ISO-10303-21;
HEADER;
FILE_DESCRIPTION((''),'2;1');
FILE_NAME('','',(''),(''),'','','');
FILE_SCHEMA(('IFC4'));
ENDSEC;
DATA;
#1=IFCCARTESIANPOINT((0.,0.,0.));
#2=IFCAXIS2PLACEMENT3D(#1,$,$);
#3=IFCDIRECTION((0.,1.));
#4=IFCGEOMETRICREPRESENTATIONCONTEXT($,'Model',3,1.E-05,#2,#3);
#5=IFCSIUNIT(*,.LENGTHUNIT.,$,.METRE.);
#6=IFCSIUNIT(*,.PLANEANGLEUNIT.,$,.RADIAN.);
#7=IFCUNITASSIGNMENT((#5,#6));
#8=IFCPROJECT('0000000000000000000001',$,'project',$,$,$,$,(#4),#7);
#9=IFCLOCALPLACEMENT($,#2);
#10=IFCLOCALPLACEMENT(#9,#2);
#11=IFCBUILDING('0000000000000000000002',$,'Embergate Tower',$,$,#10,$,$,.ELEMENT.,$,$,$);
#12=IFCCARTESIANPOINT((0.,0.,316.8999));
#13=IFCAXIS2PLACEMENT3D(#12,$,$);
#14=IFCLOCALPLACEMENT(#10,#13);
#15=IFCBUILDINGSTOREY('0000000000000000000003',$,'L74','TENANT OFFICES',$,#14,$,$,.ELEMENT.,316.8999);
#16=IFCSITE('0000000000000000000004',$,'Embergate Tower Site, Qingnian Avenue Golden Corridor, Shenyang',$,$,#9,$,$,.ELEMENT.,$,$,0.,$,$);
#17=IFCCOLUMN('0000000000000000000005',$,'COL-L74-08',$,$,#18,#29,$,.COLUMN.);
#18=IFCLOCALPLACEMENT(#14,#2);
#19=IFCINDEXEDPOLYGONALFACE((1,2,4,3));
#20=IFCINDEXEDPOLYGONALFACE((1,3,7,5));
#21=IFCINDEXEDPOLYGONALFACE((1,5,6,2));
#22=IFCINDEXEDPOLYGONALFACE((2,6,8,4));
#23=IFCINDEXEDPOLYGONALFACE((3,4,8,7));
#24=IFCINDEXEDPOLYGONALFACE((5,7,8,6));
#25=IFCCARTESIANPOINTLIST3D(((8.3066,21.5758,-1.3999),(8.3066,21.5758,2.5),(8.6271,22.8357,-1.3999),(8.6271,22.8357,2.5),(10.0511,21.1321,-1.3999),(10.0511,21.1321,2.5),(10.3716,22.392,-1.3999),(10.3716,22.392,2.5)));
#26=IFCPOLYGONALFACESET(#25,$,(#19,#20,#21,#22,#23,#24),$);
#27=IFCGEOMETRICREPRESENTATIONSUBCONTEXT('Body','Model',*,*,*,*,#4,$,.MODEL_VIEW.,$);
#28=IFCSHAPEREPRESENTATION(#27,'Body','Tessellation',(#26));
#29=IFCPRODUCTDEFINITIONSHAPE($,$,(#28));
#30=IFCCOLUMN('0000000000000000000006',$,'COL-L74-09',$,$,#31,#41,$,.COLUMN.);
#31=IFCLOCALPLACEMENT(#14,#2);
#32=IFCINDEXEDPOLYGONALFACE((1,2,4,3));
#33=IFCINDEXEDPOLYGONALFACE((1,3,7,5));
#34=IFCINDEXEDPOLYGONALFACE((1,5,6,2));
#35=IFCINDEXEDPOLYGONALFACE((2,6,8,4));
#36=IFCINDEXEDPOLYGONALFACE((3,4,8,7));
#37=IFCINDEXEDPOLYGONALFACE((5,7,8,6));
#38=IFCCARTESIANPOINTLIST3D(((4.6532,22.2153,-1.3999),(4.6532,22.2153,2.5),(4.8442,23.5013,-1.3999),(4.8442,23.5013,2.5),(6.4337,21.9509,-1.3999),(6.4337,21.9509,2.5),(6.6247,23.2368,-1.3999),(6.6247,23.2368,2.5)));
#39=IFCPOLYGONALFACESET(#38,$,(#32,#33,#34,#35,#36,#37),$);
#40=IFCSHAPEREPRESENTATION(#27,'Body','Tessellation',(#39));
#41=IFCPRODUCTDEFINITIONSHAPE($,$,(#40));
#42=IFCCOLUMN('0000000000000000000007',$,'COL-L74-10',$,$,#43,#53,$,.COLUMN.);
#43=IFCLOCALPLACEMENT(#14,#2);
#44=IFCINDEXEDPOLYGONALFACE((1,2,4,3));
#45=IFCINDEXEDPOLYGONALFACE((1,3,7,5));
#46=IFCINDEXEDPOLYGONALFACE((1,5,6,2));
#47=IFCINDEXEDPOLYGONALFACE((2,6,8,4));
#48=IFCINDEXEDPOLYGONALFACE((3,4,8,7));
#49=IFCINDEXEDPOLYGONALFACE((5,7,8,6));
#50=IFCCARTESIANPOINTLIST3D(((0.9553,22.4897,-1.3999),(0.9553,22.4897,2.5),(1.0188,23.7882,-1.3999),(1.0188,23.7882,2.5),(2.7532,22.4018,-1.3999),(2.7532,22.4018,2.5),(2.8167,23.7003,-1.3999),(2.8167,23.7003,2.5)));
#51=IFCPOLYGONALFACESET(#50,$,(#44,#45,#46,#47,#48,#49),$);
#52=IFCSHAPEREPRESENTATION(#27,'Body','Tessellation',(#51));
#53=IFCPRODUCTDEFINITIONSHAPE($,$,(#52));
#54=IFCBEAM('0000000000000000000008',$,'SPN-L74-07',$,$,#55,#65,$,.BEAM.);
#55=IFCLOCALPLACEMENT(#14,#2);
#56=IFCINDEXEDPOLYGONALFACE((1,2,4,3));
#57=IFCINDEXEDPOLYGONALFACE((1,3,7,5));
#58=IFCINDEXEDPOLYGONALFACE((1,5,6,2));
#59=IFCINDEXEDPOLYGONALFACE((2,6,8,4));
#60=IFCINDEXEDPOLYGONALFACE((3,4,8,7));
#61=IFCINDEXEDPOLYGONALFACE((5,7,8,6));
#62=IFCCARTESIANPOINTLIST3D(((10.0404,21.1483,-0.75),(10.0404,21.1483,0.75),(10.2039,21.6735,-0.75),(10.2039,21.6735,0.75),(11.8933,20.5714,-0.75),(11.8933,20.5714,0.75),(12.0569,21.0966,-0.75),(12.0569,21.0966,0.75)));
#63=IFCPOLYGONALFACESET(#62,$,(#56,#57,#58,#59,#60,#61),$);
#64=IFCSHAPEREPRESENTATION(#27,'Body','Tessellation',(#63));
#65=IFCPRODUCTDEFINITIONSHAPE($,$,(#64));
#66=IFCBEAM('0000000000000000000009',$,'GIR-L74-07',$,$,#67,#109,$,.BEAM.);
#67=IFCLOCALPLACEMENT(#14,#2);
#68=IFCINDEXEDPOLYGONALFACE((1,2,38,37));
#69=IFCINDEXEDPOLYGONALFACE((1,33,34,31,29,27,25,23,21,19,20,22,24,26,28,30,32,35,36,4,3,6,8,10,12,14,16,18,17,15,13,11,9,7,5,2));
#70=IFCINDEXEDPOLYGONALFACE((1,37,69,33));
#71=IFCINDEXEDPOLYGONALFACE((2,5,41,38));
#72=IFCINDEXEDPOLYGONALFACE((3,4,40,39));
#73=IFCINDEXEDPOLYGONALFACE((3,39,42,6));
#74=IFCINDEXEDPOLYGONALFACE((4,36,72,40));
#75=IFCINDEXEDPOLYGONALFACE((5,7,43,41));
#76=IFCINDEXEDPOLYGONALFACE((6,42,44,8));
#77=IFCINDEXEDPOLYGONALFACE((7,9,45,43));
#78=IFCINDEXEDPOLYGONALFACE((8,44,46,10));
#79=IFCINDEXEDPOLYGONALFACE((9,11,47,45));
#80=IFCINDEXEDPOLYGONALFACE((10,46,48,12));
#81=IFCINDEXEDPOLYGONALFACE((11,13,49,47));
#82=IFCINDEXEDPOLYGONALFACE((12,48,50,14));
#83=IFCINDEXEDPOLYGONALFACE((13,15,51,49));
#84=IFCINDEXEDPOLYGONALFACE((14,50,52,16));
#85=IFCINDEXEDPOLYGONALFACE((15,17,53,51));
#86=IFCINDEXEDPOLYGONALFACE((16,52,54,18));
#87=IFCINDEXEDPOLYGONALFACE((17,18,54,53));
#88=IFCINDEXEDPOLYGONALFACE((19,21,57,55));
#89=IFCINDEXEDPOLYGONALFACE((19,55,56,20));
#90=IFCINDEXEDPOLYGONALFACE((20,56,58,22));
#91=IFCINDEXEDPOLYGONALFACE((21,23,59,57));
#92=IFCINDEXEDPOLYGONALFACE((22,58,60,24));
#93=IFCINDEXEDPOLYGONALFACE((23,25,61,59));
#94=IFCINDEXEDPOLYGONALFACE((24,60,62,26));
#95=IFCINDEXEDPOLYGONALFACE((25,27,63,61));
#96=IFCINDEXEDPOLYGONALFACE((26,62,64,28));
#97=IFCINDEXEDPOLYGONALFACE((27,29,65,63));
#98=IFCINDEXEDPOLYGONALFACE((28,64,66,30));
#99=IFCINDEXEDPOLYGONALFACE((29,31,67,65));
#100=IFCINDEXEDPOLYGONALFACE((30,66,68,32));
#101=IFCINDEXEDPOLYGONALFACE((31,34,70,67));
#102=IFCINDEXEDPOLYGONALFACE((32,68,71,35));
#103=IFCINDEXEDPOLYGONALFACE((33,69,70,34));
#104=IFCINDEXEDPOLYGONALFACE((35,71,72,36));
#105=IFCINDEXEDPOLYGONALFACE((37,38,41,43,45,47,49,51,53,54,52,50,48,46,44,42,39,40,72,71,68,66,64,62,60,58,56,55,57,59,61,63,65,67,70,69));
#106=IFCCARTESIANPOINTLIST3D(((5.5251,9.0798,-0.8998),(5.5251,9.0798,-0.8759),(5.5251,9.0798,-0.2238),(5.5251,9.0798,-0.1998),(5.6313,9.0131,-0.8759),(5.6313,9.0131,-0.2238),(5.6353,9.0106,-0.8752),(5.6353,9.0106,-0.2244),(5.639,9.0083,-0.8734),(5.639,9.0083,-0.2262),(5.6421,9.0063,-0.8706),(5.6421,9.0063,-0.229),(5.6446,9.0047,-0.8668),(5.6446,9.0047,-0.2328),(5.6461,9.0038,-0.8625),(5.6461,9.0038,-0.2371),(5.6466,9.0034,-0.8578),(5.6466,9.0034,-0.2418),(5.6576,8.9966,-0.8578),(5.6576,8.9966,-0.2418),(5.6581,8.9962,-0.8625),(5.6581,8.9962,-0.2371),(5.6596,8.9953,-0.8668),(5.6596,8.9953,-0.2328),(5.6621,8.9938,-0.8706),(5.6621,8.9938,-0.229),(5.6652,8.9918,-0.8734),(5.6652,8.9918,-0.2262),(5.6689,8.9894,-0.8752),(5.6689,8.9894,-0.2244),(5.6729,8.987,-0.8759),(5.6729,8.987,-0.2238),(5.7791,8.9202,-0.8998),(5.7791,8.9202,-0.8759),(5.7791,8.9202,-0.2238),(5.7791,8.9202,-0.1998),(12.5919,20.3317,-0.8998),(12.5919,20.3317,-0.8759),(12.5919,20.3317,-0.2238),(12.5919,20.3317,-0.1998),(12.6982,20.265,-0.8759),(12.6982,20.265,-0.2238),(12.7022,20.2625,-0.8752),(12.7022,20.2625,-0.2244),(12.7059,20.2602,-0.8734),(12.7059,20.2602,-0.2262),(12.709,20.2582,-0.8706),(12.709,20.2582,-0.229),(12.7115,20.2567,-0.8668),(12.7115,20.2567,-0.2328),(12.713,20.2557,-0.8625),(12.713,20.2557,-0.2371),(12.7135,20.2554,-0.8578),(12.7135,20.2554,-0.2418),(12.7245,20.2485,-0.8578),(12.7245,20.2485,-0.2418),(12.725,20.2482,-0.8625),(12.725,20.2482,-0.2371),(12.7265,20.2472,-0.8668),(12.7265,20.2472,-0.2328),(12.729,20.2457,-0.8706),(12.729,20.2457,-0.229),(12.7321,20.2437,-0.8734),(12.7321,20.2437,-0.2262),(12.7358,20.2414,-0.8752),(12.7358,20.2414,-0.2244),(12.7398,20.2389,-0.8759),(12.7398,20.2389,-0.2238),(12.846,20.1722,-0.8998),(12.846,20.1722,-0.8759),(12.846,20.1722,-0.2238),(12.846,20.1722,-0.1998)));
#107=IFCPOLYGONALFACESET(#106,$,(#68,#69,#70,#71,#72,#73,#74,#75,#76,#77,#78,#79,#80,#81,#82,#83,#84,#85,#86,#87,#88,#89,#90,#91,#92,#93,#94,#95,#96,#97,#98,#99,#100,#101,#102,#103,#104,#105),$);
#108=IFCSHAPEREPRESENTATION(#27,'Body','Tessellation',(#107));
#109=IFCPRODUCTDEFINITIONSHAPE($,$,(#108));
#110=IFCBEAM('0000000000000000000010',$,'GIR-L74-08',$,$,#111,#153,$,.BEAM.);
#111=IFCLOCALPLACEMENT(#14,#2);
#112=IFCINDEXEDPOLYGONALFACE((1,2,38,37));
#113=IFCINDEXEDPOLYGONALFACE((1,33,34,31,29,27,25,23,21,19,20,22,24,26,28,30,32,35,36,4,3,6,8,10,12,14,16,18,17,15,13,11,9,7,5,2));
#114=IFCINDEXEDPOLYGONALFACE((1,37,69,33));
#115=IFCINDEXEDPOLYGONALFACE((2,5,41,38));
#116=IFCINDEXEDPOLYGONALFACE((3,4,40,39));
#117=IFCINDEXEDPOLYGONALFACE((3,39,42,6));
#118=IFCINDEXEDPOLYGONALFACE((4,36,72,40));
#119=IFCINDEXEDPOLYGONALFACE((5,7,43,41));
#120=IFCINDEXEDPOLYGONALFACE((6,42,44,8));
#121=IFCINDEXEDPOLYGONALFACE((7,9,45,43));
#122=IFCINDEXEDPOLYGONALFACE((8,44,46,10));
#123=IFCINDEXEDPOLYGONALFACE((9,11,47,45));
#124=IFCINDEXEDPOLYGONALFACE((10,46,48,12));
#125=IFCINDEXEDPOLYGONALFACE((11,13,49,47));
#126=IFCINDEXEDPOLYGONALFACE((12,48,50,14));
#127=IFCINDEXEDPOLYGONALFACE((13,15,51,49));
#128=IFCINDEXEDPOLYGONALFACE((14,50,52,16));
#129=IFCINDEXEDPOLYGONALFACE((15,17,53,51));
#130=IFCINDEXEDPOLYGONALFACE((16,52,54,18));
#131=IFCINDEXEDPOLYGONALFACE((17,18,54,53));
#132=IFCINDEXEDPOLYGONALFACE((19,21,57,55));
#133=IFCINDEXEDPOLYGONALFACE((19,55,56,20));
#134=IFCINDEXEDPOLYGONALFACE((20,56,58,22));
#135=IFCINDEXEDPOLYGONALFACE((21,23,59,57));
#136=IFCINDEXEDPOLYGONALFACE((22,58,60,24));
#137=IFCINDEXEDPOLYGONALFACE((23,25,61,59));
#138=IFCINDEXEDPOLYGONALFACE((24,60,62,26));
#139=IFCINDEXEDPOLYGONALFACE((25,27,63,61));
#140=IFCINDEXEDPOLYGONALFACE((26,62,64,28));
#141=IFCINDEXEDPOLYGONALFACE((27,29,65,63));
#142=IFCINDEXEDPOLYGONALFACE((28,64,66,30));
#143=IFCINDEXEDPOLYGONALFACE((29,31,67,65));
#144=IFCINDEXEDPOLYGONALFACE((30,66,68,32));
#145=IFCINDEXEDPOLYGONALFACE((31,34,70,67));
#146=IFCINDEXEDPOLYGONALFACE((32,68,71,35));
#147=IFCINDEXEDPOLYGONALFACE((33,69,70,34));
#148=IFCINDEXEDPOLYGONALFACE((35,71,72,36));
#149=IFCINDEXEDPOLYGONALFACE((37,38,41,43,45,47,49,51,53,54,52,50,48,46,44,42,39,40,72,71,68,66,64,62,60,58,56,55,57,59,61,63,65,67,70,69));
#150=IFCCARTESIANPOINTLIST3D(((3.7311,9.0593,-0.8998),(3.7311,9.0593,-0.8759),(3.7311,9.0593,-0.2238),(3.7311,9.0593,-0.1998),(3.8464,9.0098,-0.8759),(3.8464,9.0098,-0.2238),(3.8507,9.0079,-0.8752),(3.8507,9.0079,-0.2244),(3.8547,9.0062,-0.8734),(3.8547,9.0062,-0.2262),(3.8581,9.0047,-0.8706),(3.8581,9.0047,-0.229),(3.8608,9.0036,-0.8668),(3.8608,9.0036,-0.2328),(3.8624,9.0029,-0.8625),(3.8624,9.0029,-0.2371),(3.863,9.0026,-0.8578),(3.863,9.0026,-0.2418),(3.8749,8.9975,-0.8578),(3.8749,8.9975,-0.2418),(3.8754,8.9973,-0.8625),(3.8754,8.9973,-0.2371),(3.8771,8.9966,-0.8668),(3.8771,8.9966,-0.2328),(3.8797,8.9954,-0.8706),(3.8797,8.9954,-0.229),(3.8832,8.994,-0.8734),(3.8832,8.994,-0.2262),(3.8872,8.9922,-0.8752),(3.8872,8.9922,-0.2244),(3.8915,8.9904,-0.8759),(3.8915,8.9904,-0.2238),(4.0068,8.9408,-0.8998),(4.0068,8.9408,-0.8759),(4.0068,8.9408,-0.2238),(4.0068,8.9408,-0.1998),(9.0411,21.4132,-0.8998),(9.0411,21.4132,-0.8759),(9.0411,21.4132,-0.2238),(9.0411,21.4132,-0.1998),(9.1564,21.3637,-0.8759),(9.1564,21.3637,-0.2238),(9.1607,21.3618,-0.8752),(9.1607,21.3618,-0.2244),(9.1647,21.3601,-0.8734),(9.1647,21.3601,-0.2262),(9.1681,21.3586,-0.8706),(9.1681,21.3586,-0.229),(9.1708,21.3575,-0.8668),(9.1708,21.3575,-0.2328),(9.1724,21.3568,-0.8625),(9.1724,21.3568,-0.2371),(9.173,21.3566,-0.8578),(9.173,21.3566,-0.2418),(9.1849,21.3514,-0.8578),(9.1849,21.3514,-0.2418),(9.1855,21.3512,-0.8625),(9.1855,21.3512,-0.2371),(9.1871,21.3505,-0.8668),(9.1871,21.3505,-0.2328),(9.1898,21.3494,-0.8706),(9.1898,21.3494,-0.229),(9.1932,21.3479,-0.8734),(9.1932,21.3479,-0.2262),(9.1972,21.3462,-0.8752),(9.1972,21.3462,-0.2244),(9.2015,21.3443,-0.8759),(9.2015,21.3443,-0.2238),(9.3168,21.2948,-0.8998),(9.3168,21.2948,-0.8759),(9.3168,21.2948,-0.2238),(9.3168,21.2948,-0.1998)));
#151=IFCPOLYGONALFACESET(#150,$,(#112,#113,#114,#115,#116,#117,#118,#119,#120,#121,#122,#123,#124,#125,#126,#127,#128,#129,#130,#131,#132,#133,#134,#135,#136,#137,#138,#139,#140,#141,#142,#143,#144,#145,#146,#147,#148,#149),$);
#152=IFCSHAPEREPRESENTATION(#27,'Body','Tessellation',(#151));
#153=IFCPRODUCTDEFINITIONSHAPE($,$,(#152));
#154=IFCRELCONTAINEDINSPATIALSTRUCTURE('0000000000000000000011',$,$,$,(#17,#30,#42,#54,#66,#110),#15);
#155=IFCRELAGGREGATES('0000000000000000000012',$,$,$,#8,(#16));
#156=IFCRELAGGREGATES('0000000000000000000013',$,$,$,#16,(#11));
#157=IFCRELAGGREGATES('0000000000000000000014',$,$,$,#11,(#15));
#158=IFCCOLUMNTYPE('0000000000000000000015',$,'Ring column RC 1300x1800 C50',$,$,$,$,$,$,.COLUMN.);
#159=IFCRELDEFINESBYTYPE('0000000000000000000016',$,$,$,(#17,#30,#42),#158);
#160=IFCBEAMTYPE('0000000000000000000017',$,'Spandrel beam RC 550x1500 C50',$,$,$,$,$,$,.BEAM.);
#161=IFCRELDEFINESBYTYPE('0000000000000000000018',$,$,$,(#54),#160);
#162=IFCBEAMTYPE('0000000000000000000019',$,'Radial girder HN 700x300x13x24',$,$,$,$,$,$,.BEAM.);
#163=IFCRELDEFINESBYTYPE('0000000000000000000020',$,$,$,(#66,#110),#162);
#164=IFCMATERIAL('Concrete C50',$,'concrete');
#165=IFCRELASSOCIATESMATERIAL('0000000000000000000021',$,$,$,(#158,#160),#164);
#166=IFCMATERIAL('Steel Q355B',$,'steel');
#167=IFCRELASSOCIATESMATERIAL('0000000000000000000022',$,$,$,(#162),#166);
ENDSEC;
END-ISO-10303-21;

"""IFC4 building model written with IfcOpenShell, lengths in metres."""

from ifc_helpers import new_model, si_unit, direction, frame, origin, origin_2d, place, context, subcontext, project, spatial, rectangle, i_section, extrude, source, transform, mapped, material, material_profile, profile_set, type_object, element, save


model = new_model("IFC4")

# Units and contexts
model_context = context("Model", 3, precision=1e-05, world=origin(), true_north=direction((0.0, 1.0)))
body_context = subcontext(model_context, "Body", "Model", "MODEL_VIEW")
ifc_project = project(units=[si_unit("LENGTHUNIT", "METRE"), si_unit("PLANEANGLEUNIT", "RADIAN")], contexts=[model_context])

# Site, building, storey
site_placement = place(None, origin())
site = spatial("IfcSite", under=ifc_project, at=site_placement, Name="Embergate Tower Site, Qingnian Avenue Golden Corridor, Shenyang", CompositionType="ELEMENT", RefElevation=0.0)
building_placement = place(site_placement, origin())
building = spatial("IfcBuilding", under=site, at=building_placement, Name="Embergate Tower", CompositionType="ELEMENT")
storey_placement = place(building_placement, frame((0.0, 0.0, 316.8999)))
storey = spatial("IfcBuildingStorey", under=building, at=storey_placement, Name="L74", Description="TENANT OFFICES", CompositionType="ELEMENT", Elevation=316.8999)

# Columns
ifc_material_1 = material(Name="Concrete C50", Category="concrete")
ifc_material_profile_1 = material_profile(ifc_material_1, rectangle(XDim=1.3, YDim=1.8, at=origin_2d()), Name="RC 1300x1800")
ifc_profile_set_1 = profile_set([ifc_material_profile_1], Name="Concrete C50")
column_type = type_object("IfcColumnType", Name="Ring column RC 1300x1800 C50", PredefinedType="COLUMN", material=ifc_profile_set_1)
shared_shape_1 = source(origin(), body_context, "Body", "SweptSolid", [
    extrude(rectangle(XDim=1.3, YDim=1.8, at=origin_2d()), origin(), (0.0, 0.0, 1.0), 3.8999),
])
for number, where, z_axis, x_axis, name in (
    (1, (9.3391, 21.9839, -1.3999), (0.0, 0.0, 1.0), (0.246509, 0.969141, 0.0), "COL-L74-08"),
    (2, (5.6389, 22.7261, -1.3999), (0.0, 0.0, 1.0), (0.146929, 0.989147, 0.0), "COL-L74-09"),
    (3, (1.886, 23.095, -1.3999), (0.0, 0.0, 1.0), (0.048815, 0.998808, 0.0), "COL-L74-10"),
):
    element("IfcColumn", number, at=place(storey_placement, frame(where, z_axis=z_axis, x_axis=x_axis)), inside=storey, type_object=column_type, Name=name, PredefinedType="COLUMN", context=body_context, shape_type="MappedRepresentation", body=[
        mapped(shared_shape_1, transform((0.0, 0.0, 0.0))),
    ])

# Beams
ifc_material_profile_2 = material_profile(ifc_material_1, rectangle(XDim=0.55, YDim=1.5, at=origin_2d()), Name="RC 550x1500")
ifc_profile_set_2 = profile_set([ifc_material_profile_2], Name="Concrete C50")
beam_type_1 = type_object("IfcBeamType", Name="Spandrel beam RC 550x1500 C50", PredefinedType="BEAM", material=ifc_profile_set_2)
shared_shape_2 = source(origin(), body_context, "Body", "SweptSolid", [
    extrude(rectangle(XDim=0.55, YDim=1.5, at=origin_2d()), origin(), (0.0, 0.0, 1.0), 1.9407),
])
beam_1_placement = place(storey_placement, frame((11.9751, 20.834, 0.0), z_axis=(-0.954797, 0.297258, 0.0), x_axis=(-0.297258, -0.954797, 0.0)))
element("IfcBeam", 4, at=beam_1_placement, inside=storey, type_object=beam_type_1, Name="SPN-L74-07", PredefinedType="BEAM", context=body_context, shape_type="MappedRepresentation", body=[
    mapped(shared_shape_2, transform((0.0, 0.0, 0.0))),
])
ifc_material_2 = material(Name="Steel Q355B", Category="steel")
ifc_material_profile_3 = material_profile(ifc_material_2, i_section(OverallWidth=0.3, OverallDepth=0.7, WebThickness=0.0129, FlangeThickness=0.0239, FilletRadius=0.0181, at=origin_2d()), Name="HN 700x300x13x24")
ifc_profile_set_3 = profile_set([ifc_material_profile_3], Name="Steel Q355 grade B")
beam_type_2 = type_object("IfcBeamType", Name="Radial girder HN 700x300x13x24", PredefinedType="BEAM", material=ifc_profile_set_3)
shared_shape_3 = source(origin(), body_context, "Body", "SweptSolid", [
    extrude(i_section(OverallWidth=0.3, OverallDepth=0.7, WebThickness=0.0129, FlangeThickness=0.0239, FilletRadius=0.0181, at=origin_2d()), origin(), (0.0, 0.0, 1.0), 13.2871),
])
beam_2_placement = place(storey_placement, frame((12.719, 20.252, -0.5498), z_axis=(-0.531861, -0.846832, 0.0), x_axis=(0.846832, -0.531861, 0.0)))
element("IfcBeam", 5, at=beam_2_placement, inside=storey, type_object=beam_type_2, Name="GIR-L74-07", PredefinedType="BEAM", context=body_context, shape_type="MappedRepresentation", body=[
    mapped(shared_shape_3, transform((0.0, 0.0, 0.0))),
])
shared_shape_4 = source(origin(), body_context, "Body", "SweptSolid", [
    extrude(i_section(OverallWidth=0.3, OverallDepth=0.7, WebThickness=0.0129, FlangeThickness=0.0239, FilletRadius=0.0181, at=origin_2d()), origin(), (0.0, 0.0, 1.0), 13.4468),
])
beam_3_placement = place(storey_placement, frame((9.179, 21.354, -0.5498), z_axis=(-0.394892, -0.918728, 0.0), x_axis=(0.918728, -0.394892, 0.0)))
element("IfcBeam", 6, at=beam_3_placement, inside=storey, type_object=beam_type_2, Name="GIR-L74-08", PredefinedType="BEAM", context=body_context, shape_type="MappedRepresentation", body=[
    mapped(shared_shape_4, transform((0.0, 0.0, 0.0))),
])

save(model, "model.ifc")
